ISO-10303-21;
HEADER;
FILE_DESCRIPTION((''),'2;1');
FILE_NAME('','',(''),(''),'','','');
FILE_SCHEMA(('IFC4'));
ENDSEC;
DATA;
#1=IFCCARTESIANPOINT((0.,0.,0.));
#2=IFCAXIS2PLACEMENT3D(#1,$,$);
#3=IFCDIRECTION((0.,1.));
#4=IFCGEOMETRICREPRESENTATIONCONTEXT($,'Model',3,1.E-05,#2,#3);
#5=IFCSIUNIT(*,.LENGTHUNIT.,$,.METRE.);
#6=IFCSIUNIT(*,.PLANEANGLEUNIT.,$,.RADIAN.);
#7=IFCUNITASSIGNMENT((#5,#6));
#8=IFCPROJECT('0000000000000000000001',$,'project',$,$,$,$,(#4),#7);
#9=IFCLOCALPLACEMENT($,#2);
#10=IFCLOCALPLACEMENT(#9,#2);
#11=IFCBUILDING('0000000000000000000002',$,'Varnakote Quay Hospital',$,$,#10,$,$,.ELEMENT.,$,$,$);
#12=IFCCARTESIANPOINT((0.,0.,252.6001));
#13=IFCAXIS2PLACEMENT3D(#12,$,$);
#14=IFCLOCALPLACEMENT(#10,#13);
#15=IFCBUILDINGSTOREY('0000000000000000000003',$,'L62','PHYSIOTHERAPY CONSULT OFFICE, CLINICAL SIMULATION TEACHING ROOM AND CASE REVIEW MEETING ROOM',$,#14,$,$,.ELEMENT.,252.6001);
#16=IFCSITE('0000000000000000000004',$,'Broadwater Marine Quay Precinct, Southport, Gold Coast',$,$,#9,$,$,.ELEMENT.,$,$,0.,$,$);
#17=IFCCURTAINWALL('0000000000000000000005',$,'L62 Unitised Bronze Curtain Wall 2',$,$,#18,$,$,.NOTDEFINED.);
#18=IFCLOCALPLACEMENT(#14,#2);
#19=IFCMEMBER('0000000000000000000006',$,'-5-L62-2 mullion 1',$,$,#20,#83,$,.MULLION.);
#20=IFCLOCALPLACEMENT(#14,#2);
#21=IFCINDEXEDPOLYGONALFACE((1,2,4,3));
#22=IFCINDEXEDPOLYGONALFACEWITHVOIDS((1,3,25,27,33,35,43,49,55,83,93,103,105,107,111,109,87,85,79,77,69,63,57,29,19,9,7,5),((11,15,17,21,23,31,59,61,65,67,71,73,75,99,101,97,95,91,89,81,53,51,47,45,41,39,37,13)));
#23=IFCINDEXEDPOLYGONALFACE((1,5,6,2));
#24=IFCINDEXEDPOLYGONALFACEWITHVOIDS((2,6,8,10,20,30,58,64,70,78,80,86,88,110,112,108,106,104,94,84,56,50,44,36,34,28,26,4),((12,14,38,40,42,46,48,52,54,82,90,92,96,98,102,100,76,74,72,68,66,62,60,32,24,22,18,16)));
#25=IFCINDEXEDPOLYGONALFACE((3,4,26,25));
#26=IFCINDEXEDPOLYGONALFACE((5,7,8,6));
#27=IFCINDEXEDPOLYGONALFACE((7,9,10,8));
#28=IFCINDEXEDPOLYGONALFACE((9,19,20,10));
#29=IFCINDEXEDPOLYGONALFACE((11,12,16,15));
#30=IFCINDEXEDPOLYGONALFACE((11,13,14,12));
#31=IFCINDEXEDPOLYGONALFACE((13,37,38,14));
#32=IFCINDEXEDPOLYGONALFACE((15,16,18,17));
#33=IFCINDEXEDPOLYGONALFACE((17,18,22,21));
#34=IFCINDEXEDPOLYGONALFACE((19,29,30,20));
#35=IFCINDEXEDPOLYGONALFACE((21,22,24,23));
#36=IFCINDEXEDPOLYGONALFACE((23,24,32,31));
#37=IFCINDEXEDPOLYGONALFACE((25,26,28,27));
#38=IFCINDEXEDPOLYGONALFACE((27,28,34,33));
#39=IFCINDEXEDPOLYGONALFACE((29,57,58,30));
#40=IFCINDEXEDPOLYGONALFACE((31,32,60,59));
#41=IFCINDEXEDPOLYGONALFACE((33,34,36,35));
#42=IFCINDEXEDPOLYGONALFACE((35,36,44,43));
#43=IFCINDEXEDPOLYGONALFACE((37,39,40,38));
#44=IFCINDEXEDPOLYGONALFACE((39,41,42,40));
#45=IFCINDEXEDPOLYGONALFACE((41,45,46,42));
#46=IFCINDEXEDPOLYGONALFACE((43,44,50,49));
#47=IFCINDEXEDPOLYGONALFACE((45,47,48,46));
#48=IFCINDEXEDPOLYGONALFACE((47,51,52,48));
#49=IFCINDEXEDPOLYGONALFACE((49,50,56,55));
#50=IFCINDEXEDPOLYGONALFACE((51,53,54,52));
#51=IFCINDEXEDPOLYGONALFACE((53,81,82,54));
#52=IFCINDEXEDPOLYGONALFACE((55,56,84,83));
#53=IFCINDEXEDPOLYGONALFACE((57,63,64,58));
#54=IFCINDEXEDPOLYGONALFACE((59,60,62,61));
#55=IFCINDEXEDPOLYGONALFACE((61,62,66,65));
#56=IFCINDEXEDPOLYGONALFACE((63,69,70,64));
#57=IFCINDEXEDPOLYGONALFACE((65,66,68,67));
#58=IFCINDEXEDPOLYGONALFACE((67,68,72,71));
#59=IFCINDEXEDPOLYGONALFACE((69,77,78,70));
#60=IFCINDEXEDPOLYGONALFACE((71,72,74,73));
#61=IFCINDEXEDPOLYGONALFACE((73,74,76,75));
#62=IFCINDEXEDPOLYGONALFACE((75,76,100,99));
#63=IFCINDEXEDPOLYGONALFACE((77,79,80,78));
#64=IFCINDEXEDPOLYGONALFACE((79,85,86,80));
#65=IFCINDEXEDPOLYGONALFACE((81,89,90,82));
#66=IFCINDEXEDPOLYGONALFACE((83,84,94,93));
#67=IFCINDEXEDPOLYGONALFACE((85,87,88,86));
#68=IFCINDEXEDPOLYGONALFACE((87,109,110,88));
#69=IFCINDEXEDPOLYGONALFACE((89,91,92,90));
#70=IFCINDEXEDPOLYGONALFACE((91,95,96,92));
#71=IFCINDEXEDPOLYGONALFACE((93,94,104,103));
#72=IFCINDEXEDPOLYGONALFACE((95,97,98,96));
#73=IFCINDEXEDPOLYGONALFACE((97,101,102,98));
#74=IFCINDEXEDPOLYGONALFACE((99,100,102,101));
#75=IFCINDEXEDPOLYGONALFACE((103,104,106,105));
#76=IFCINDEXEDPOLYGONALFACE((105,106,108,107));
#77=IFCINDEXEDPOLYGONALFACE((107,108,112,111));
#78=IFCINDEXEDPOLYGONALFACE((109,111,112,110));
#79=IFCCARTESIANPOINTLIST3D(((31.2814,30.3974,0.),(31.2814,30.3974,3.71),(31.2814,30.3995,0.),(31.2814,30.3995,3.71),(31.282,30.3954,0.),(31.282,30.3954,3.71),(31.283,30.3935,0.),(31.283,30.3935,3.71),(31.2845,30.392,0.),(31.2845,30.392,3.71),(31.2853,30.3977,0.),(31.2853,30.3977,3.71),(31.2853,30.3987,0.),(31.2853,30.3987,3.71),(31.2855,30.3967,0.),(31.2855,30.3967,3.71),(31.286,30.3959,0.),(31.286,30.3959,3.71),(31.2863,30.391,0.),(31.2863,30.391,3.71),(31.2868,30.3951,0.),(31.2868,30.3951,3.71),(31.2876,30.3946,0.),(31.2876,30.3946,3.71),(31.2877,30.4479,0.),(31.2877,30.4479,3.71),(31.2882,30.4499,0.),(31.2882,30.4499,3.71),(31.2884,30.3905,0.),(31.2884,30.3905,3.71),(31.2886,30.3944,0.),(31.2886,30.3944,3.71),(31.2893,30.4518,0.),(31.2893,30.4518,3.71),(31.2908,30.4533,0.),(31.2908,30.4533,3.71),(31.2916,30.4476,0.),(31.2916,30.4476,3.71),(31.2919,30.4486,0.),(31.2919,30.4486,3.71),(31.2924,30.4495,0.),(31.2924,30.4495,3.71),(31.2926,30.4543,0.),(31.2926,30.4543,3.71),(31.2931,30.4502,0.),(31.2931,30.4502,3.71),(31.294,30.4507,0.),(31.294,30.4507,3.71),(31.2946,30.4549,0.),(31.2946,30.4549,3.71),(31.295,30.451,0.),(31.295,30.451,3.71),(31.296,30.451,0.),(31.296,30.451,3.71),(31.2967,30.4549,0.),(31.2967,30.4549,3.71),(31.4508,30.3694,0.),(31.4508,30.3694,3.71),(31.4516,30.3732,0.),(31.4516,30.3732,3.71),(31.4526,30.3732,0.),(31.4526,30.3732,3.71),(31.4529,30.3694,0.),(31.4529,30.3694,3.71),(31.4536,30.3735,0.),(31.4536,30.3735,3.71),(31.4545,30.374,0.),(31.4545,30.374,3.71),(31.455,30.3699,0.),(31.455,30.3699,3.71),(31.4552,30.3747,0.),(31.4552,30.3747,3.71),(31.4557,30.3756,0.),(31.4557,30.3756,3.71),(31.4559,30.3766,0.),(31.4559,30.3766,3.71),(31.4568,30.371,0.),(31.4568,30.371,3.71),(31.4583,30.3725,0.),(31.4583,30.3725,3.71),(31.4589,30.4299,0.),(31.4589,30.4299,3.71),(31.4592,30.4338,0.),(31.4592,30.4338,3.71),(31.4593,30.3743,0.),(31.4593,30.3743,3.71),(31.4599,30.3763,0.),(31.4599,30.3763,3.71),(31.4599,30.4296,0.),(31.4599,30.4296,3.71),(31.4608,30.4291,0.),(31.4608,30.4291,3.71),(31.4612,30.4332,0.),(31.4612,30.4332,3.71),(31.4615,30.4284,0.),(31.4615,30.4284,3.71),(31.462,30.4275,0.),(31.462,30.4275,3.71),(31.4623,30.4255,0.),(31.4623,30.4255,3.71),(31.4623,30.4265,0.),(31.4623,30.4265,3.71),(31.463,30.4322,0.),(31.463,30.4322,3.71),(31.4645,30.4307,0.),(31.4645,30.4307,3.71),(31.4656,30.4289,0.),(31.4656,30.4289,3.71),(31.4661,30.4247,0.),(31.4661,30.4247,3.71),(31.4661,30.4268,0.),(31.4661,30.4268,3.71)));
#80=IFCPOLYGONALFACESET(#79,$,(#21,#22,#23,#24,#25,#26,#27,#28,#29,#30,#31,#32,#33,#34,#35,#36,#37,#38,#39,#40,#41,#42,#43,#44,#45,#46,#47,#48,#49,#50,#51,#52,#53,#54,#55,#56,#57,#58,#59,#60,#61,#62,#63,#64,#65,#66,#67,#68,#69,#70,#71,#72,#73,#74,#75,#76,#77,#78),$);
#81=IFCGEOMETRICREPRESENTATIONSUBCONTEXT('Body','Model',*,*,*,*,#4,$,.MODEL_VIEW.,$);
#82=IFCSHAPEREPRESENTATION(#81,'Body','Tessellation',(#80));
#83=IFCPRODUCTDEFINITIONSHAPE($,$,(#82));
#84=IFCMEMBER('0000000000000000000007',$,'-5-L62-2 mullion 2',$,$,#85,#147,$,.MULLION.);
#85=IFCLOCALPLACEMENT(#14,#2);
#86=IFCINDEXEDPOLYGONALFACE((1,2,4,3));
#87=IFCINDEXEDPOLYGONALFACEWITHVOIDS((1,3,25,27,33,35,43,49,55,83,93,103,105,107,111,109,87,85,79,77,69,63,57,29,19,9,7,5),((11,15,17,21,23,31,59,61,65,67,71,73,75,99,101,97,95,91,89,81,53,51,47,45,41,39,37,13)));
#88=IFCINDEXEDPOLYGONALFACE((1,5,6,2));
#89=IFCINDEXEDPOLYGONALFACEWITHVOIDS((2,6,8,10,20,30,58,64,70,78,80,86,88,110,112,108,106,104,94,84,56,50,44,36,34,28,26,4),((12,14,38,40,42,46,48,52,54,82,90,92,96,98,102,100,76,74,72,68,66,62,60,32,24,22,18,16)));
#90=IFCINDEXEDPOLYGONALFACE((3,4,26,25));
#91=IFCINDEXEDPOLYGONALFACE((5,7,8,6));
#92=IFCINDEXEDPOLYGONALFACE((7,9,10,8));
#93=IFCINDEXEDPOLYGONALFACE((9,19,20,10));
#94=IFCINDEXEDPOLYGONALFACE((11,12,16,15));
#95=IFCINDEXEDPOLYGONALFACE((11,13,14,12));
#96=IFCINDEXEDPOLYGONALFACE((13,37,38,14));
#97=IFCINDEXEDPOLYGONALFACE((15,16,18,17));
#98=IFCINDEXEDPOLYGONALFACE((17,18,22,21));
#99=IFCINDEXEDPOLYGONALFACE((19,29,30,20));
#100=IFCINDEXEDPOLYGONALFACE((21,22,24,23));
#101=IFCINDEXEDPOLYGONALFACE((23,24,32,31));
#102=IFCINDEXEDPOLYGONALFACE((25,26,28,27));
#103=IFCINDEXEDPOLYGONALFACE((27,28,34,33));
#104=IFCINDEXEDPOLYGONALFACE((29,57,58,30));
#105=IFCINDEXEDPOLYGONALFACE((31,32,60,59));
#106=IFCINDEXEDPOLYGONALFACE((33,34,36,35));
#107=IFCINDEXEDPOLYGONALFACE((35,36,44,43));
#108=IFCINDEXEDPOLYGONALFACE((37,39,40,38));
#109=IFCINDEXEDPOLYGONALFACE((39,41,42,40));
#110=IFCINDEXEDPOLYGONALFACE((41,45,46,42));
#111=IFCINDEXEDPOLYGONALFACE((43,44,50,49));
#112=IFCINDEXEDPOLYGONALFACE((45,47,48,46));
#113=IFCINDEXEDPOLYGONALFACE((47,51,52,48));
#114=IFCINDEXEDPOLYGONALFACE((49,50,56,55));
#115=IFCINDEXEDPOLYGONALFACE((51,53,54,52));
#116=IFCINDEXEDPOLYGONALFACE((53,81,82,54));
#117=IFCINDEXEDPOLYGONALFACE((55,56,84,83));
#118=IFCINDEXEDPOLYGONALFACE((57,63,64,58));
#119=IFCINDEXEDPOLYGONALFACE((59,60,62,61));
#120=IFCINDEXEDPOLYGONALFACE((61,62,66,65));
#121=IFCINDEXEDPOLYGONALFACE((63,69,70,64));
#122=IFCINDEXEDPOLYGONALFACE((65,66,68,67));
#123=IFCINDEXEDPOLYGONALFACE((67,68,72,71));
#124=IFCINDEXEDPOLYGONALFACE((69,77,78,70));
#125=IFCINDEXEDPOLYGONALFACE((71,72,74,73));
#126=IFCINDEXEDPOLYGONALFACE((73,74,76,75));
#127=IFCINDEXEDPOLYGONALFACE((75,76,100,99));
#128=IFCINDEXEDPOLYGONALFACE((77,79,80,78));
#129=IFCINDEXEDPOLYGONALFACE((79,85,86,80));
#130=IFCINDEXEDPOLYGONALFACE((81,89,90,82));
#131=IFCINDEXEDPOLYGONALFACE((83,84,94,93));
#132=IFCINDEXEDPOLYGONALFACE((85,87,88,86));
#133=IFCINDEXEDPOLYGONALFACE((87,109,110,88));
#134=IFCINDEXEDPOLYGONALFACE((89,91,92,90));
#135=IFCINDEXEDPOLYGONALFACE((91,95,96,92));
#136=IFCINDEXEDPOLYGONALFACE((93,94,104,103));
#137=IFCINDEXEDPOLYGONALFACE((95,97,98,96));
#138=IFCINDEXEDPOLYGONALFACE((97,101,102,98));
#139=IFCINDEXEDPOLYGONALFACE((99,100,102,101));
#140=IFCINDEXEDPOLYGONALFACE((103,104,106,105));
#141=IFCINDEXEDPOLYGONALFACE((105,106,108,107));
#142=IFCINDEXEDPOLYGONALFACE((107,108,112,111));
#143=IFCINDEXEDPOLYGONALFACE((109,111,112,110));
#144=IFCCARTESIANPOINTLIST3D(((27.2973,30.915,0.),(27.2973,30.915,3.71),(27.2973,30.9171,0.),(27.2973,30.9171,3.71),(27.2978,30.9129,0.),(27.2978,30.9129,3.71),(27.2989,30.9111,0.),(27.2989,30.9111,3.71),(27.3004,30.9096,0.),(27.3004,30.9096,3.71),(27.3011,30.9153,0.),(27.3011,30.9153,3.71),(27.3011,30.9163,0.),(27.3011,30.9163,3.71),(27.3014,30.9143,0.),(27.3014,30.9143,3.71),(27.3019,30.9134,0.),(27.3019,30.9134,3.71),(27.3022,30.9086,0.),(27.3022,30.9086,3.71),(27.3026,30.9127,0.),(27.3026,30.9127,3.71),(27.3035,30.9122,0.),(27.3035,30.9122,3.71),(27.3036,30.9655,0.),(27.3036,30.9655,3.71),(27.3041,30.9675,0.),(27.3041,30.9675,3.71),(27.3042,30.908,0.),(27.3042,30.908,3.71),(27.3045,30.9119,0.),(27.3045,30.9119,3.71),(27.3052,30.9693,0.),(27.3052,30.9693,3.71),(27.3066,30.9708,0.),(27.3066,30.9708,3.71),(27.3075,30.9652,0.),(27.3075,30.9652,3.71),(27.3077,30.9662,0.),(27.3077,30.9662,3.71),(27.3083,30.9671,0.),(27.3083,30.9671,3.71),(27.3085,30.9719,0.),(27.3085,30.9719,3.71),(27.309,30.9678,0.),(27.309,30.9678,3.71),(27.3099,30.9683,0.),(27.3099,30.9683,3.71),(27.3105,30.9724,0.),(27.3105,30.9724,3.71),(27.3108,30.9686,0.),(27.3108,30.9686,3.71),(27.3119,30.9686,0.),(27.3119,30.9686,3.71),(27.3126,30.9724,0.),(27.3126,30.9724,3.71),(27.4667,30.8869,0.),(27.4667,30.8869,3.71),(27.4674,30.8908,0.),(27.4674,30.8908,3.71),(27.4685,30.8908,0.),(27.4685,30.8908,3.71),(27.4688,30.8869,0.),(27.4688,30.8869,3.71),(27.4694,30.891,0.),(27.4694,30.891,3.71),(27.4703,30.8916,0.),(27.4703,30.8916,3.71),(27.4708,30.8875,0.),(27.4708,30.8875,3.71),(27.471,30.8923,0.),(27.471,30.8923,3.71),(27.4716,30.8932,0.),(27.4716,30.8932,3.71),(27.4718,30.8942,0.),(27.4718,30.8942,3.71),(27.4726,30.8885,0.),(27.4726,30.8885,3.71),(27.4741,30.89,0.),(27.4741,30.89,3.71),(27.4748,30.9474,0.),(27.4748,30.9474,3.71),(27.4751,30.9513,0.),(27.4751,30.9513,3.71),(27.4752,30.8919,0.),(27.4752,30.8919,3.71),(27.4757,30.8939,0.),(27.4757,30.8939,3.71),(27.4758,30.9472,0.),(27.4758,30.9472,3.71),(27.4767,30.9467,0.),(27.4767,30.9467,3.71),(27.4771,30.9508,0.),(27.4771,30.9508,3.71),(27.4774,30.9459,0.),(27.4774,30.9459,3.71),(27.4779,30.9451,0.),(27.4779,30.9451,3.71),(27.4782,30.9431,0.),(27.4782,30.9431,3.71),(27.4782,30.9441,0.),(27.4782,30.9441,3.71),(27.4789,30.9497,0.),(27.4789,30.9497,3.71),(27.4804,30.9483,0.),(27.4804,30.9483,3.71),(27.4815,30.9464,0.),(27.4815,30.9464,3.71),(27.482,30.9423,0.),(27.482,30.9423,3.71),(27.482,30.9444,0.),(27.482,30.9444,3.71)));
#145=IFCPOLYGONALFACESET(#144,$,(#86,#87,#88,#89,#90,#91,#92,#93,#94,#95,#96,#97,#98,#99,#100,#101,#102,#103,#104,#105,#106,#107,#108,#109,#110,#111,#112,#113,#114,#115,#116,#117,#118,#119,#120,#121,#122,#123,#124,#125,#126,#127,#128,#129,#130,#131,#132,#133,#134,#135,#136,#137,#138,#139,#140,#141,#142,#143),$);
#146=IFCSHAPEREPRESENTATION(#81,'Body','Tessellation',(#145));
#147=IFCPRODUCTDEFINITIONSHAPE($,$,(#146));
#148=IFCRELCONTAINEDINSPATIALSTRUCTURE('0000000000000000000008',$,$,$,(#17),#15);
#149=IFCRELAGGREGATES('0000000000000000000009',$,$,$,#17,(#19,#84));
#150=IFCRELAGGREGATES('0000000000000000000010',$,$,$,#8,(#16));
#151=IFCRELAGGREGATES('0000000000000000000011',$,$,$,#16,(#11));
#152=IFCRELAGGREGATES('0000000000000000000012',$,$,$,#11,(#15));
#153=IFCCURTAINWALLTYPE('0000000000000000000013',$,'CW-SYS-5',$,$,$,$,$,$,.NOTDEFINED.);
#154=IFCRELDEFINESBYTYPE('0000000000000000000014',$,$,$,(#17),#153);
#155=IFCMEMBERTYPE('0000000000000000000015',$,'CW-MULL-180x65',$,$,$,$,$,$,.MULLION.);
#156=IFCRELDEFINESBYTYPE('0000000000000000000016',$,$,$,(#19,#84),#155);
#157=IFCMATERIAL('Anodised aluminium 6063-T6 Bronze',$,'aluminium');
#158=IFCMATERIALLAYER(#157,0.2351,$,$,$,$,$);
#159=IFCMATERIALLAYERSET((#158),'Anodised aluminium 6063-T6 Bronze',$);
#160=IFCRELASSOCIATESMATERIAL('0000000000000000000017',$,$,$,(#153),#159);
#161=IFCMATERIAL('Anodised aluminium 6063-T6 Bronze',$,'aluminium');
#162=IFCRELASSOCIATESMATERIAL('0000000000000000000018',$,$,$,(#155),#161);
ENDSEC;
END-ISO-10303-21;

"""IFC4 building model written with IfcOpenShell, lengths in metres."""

from ifc_helpers import new_model, si_unit, direction, frame, origin, origin_2d, place, context, subcontext, project, spatial, hollow_rectangle, extrude, material, layer, layer_set, material_profile, profile_set, type_object, element, aggregate, save


model = new_model("IFC4")

# Units and contexts
model_context = context("Model", 3, precision=1e-05, world=origin(), true_north=direction((0.0, 1.0)))
body_context = subcontext(model_context, "Body", "Model", "MODEL_VIEW")
ifc_project = project(units=[si_unit("LENGTHUNIT", "METRE"), si_unit("PLANEANGLEUNIT", "RADIAN")], contexts=[model_context])

# Site, building, storey
site_placement = place(None, origin())
site = spatial("IfcSite", under=ifc_project, at=site_placement, Name="Broadwater Marine Quay Precinct, Southport, Gold Coast", CompositionType="ELEMENT", RefElevation=0.0)
building_placement = place(site_placement, origin())
building = spatial("IfcBuilding", under=site, at=building_placement, Name="Varnakote Quay Hospital", CompositionType="ELEMENT")
storey_placement = place(building_placement, frame((0.0, 0.0, 252.6001)))
storey = spatial("IfcBuildingStorey", under=building, at=storey_placement, Name="L62", Description="PHYSIOTHERAPY CONSULT OFFICE, CLINICAL SIMULATION TEACHING ROOM AND CASE REVIEW MEETING ROOM", CompositionType="ELEMENT", Elevation=252.6001)

# Shared definitions
ifc_material_1 = material(Name="Anodised aluminium 6063-T6 Bronze", Category="aluminium")
ifc_layer_1 = layer(ifc_material_1, 0.2351)
ifc_layer_set_1 = layer_set([ifc_layer_1], Name="Anodised aluminium 6063-T6 Bronze")
curtain_wall_type = type_object("IfcCurtainWallType", Name="CW-SYS-5", PredefinedType="NOTDEFINED", material=ifc_layer_set_1)
ifc_material_2 = material(Name="Anodised aluminium 6063-T6 Bronze", Category="aluminium")
ifc_material_profile_1 = material_profile(ifc_material_2, hollow_rectangle(XDim=0.0649, YDim=0.1799, WallThickness=0.0039, InnerFilletRadius=0.0039, OuterFilletRadius=0.0081, at=origin_2d()), Name="CW-MULL-180x65")
ifc_profile_set_1 = profile_set([ifc_material_profile_1], Name="Anodised aluminium 6063-T6 Bronze")
member_type_1 = type_object("IfcMemberType", Name="CW-MULL-180x65", PredefinedType="MULLION", material=ifc_profile_set_1)

# Curtain wall, members
curtain_wall_1_placement = place(storey_placement, origin())
curtain_wall_1 = element("IfcCurtainWall", 1, at=curtain_wall_1_placement, inside=storey, type_object=curtain_wall_type, Name="L62 Unitised Bronze Curtain Wall 2", PredefinedType="NOTDEFINED")
member_1_placement = place(storey_placement, frame((31.3738, 30.4121, 0.0), z_axis=(0.0, 0.0, 1.0), x_axis=(-0.128787, -0.991672, 0.0)))
member_1 = element("IfcMember", 2, at=member_1_placement, type_object=member_type_1, Name="-5-L62-2 mullion 1", PredefinedType="MULLION", context=body_context, shape_type="SweptSolid", body=[
    extrude(hollow_rectangle(XDim=0.0649, YDim=0.1799, WallThickness=0.0039, InnerFilletRadius=0.0039, OuterFilletRadius=0.0081, at=origin_2d()), origin(), (0.0, 0.0, 1.0), 3.71),
])
member_2_placement = place(storey_placement, frame((27.3896, 30.9297, 0.0), z_axis=(0.0, 0.0, 1.0), x_axis=(-0.128787, -0.991672, 0.0)))
member_2 = element("IfcMember", 3, at=member_2_placement, type_object=member_type_1, Name="-5-L62-2 mullion 2", PredefinedType="MULLION", context=body_context, shape_type="SweptSolid", body=[
    extrude(hollow_rectangle(XDim=0.0649, YDim=0.1799, WallThickness=0.0039, InnerFilletRadius=0.0039, OuterFilletRadius=0.0081, at=origin_2d()), origin(), (0.0, 0.0, 1.0), 3.71),
])

aggregate(curtain_wall_1, [member_1, member_2])

save(model, "model.ifc")
